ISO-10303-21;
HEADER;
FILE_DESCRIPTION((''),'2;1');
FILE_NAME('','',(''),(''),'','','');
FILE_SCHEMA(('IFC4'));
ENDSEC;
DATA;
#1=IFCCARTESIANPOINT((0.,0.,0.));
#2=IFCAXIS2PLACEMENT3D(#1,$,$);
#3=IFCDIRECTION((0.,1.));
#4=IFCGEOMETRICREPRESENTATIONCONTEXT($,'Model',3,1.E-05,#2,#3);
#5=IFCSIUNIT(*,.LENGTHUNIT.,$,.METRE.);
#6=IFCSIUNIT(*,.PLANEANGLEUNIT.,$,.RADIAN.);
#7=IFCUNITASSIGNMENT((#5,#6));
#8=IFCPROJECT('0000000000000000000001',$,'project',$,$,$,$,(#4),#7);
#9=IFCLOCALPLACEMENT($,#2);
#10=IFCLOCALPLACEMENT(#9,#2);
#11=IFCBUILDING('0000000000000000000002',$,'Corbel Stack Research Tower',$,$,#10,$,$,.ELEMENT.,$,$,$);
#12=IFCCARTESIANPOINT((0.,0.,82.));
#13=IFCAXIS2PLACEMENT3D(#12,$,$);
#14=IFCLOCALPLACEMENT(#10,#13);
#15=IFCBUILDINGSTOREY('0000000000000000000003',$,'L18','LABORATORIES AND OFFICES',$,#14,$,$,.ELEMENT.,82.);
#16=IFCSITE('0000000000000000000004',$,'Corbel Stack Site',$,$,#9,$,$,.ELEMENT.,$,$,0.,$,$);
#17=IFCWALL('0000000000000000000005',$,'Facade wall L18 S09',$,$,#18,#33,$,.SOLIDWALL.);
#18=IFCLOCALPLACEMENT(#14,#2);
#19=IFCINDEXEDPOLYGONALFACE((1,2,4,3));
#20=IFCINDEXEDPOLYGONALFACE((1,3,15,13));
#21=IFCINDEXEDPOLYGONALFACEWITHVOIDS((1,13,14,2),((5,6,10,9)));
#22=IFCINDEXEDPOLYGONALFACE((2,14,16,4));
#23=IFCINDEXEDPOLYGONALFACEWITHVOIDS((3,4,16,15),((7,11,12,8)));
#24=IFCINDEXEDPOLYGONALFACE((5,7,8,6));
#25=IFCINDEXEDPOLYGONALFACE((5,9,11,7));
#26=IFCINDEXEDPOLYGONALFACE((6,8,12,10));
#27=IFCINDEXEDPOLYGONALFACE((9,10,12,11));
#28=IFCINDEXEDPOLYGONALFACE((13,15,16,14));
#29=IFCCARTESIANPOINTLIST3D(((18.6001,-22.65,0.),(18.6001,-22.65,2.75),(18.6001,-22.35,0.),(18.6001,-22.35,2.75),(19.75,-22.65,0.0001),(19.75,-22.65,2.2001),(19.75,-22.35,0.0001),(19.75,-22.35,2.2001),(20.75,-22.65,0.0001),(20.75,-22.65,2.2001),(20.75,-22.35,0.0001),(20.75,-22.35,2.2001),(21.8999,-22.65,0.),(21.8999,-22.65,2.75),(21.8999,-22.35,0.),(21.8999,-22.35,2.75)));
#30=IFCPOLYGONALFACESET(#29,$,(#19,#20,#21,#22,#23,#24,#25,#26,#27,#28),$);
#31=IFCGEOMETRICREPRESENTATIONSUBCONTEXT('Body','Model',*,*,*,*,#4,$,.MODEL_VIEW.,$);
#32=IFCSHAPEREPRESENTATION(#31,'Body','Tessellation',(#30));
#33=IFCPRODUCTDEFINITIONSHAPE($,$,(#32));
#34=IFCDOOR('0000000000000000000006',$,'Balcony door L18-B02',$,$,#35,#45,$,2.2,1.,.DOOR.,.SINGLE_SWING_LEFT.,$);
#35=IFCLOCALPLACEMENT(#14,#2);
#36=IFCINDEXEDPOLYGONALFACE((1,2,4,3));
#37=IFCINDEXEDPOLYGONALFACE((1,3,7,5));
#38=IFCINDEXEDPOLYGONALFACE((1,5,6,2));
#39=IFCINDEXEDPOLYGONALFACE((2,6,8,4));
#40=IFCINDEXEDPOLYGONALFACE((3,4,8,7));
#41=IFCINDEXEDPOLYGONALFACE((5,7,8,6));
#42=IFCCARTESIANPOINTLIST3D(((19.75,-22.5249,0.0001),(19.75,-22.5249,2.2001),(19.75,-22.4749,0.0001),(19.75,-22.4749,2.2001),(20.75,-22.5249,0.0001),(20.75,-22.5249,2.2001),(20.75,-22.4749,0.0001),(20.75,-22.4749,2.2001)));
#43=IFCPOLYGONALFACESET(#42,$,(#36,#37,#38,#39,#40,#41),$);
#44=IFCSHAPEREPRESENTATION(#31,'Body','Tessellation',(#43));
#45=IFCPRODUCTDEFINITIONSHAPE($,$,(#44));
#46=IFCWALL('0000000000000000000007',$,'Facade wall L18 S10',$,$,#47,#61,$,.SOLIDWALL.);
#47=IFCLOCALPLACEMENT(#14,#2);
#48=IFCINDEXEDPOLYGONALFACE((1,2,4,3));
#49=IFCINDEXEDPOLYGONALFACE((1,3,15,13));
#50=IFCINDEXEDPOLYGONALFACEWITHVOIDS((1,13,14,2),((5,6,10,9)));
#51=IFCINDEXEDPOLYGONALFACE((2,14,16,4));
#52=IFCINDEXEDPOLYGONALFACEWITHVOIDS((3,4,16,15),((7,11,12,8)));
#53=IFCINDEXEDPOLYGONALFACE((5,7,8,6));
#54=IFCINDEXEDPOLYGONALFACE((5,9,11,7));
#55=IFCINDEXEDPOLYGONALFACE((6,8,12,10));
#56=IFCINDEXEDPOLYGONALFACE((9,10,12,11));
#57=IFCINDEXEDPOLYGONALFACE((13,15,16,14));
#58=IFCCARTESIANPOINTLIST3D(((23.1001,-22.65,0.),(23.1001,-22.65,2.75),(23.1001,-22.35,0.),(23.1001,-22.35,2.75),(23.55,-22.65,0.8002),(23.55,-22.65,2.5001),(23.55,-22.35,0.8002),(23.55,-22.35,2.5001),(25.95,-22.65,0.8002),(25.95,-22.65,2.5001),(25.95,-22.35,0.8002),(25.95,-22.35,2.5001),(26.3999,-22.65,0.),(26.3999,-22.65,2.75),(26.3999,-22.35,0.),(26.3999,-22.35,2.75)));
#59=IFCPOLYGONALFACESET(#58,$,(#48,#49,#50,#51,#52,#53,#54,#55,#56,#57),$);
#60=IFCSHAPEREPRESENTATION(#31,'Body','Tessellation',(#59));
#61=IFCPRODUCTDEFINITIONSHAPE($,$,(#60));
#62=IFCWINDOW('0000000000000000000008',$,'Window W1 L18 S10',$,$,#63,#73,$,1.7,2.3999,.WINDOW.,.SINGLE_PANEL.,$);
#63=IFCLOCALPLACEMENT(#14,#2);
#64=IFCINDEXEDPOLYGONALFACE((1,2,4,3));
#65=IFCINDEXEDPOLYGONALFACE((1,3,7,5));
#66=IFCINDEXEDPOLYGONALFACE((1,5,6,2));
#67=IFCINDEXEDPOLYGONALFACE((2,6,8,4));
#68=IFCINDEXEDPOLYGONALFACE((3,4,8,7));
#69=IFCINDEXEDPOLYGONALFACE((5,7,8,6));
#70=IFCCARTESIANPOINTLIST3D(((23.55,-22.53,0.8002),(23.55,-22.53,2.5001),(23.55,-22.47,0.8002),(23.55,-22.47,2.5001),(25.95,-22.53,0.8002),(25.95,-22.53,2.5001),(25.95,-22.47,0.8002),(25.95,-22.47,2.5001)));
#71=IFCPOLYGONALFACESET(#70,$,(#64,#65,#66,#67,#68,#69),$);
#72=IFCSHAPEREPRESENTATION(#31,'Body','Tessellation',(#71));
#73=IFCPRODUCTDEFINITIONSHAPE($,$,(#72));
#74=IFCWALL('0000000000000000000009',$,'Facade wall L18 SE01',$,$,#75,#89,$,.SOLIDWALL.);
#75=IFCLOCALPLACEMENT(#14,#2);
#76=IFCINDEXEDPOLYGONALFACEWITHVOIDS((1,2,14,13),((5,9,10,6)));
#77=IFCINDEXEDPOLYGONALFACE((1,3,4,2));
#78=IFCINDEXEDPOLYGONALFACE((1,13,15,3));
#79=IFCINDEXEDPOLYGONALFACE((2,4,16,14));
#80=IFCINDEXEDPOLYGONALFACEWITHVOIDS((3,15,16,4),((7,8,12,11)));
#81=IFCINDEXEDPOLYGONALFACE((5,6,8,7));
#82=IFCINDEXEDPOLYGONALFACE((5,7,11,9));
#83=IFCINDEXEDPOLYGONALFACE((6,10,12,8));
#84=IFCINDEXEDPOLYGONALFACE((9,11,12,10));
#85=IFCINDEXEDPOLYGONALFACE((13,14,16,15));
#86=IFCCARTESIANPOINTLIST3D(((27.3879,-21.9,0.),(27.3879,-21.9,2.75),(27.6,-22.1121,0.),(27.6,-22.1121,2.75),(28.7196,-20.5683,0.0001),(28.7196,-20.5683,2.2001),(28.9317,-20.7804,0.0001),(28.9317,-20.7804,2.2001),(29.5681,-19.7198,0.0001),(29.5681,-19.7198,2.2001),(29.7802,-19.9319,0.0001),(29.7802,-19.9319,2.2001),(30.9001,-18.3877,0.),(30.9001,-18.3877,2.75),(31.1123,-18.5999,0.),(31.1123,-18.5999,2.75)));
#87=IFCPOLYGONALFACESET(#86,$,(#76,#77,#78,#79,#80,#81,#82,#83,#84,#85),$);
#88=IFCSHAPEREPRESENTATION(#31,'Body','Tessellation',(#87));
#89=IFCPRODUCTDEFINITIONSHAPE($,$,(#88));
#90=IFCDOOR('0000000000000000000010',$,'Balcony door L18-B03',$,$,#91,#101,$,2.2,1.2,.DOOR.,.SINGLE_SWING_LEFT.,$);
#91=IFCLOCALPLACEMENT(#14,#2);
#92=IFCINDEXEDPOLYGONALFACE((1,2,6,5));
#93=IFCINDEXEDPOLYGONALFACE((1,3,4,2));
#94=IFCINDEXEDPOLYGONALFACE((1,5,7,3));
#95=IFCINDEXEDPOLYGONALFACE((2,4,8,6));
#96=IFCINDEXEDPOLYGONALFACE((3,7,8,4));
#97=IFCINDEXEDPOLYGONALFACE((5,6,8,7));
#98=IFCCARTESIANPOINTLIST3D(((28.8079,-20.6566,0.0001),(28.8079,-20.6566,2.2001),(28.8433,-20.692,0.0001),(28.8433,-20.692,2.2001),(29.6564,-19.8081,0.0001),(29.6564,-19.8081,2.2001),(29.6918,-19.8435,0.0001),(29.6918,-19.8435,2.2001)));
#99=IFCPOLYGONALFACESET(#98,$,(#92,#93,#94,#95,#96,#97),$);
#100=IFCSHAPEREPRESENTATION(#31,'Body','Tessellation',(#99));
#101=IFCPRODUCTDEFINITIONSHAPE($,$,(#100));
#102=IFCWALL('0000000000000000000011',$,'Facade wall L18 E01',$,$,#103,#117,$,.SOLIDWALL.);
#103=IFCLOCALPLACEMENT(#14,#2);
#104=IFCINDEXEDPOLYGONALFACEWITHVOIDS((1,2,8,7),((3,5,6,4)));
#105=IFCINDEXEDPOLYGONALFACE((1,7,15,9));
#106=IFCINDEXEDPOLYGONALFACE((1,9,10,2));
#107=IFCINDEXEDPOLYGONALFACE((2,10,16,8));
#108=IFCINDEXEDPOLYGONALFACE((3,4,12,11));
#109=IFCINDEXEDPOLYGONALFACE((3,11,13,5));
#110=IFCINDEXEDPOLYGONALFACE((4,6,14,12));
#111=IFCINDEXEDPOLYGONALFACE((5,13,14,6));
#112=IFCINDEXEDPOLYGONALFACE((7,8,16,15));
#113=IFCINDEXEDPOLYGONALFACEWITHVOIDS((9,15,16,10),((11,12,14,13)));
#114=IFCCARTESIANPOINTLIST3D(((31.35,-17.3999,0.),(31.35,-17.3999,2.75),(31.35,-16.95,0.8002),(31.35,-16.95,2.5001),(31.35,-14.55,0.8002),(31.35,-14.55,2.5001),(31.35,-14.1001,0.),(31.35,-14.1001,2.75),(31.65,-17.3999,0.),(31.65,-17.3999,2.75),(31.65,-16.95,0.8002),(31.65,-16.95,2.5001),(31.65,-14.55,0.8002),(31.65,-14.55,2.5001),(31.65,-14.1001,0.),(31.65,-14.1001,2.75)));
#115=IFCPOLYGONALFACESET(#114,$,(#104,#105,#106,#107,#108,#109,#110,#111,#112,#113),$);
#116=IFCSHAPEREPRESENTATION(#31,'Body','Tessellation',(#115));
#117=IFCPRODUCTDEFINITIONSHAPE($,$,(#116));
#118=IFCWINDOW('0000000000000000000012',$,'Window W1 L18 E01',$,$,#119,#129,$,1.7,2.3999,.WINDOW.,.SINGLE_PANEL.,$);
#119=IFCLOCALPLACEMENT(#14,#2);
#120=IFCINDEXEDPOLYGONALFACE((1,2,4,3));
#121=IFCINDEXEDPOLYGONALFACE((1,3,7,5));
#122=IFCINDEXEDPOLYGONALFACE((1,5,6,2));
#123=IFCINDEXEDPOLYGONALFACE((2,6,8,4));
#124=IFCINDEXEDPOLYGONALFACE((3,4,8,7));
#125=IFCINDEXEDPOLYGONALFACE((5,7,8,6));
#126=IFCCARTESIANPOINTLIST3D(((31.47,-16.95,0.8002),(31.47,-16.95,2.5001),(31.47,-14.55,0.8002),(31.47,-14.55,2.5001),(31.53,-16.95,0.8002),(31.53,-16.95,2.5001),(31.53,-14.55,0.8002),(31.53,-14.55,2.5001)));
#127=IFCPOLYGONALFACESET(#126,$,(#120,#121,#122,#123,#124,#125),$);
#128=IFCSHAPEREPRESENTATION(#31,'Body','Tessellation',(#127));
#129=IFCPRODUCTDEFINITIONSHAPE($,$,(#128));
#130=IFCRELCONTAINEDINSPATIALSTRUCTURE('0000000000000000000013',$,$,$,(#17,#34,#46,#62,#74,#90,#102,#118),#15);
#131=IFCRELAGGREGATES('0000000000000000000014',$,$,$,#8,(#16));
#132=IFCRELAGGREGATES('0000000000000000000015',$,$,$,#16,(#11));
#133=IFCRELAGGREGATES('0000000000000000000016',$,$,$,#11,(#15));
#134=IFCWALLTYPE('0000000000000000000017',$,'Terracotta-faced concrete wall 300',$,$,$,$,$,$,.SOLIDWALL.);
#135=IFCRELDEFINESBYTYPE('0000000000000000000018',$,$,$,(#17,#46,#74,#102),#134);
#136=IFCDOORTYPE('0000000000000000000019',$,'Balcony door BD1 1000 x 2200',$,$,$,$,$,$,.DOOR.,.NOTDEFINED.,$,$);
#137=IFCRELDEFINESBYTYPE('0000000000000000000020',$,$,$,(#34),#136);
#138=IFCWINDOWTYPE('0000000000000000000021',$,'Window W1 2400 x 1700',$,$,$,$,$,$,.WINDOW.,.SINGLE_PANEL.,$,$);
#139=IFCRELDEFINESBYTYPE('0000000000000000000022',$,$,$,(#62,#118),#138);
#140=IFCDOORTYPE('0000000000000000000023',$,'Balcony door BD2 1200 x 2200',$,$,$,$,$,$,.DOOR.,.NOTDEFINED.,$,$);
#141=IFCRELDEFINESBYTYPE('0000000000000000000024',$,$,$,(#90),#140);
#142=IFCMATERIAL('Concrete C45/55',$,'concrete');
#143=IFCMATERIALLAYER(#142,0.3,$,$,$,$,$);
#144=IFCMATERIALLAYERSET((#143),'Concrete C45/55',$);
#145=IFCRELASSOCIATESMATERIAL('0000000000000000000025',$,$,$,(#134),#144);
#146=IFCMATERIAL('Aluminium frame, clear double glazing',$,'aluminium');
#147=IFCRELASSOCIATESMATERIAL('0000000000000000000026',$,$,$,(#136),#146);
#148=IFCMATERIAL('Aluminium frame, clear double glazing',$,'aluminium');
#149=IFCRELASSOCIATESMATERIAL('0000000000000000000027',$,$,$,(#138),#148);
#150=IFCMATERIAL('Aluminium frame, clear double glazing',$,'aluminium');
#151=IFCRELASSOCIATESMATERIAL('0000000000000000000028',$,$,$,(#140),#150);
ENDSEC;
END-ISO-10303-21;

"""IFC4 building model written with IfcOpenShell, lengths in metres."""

from ifc_helpers import new_model, si_unit, direction, frame, frame_2d, origin, place, context, subcontext, project, spatial, rectangle, extrude, material, layer, layer_set, type_object, element, fill, save


model = new_model("IFC4")

# Units and contexts
model_context = context("Model", 3, precision=1e-05, world=origin(), true_north=direction((0.0, 1.0)))
body_context = subcontext(model_context, "Body", "Model", "MODEL_VIEW")
ifc_project = project(units=[si_unit("LENGTHUNIT", "METRE"), si_unit("PLANEANGLEUNIT", "RADIAN")], contexts=[model_context])

# Site, building, storey
site_placement = place(None, origin())
site = spatial("IfcSite", under=ifc_project, at=site_placement, Name="Corbel Stack Site", CompositionType="ELEMENT", RefElevation=0.0)
building_placement = place(site_placement, origin())
building = spatial("IfcBuilding", under=site, at=building_placement, Name="Corbel Stack Research Tower", CompositionType="ELEMENT")
storey_placement = place(building_placement, frame((0.0, 0.0, 82.0)))
storey = spatial("IfcBuildingStorey", under=building, at=storey_placement, Name="L18", Description="LABORATORIES AND OFFICES", CompositionType="ELEMENT", Elevation=82.0)

# Wall, opening, door
ifc_material_1 = material(Name="Concrete C45/55", Category="concrete")
ifc_layer_1 = layer(ifc_material_1, 0.3)
ifc_layer_set_1 = layer_set([ifc_layer_1], Name="Concrete C45/55")
wall_type = type_object("IfcWallType", Name="Terracotta-faced concrete wall 300", PredefinedType="SOLIDWALL", material=ifc_layer_set_1)
wall_1_placement = place(storey_placement, frame((21.8999, -22.5, 0.0), z_axis=(0.0, 0.0, 1.0), x_axis=(-1.0, 0.0, 0.0)))
wall_1 = element("IfcWall", 1, at=wall_1_placement, inside=storey, type_object=wall_type, Name="Facade wall L18 S09", PredefinedType="SOLIDWALL", context=body_context, shape_type="SweptSolid", body=[
    extrude(rectangle(XDim=3.2998, YDim=0.3, at=frame_2d((1.6499, 0.0))), origin(), (0.0, 0.0, 1.0), 2.75),
])
opening_1_placement = place(wall_1_placement, frame((1.1499, 0.0, 0.0)))
opening_1 = element("IfcOpeningElement", 2, at=opening_1_placement, cuts=wall_1, PredefinedType="OPENING", context=body_context, shape_type="SweptSolid", body=[
    extrude(rectangle(XDim=1.0, YDim=2.2, at=frame_2d((0.5, 1.1001))), frame((0.0, 0.1599, 0.0), z_axis=(0.0, -1.0, 0.0), x_axis=(1.0, 0.0, 0.0)), (0.0, 0.0, 1.0), 0.3201),
])
ifc_material_2 = material(Name="Aluminium frame, clear double glazing", Category="aluminium")
door_type_1 = type_object("IfcDoorType", Name="Balcony door BD1 1000 x 2200", OperationType="NOTDEFINED", PredefinedType="DOOR", material=ifc_material_2)
door_1_placement = place(opening_1_placement, origin())
door_1 = element("IfcDoor", 3, at=door_1_placement, inside=storey, type_object=door_type_1, Name="Balcony door L18-B02", OperationType="SINGLE_SWING_LEFT", OverallHeight=2.2, OverallWidth=1.0, PredefinedType="DOOR", context=body_context, shape_type="SweptSolid", body=[
    extrude(rectangle(XDim=1.0, YDim=2.2, at=frame_2d((0.5, 1.1001))), frame((0.0, 0.0249, 0.0), z_axis=(0.0, -1.0, 0.0), x_axis=(1.0, 0.0, 0.0)), (0.0, 0.0, 1.0), 0.05),
])
fill(opening_1, door_1)

# Wall, opening, window
wall_2_placement = place(storey_placement, frame((26.3999, -22.5, 0.0), z_axis=(0.0, 0.0, 1.0), x_axis=(-1.0, 0.0, 0.0)))
wall_2 = element("IfcWall", 4, at=wall_2_placement, inside=storey, type_object=wall_type, Name="Facade wall L18 S10", PredefinedType="SOLIDWALL", context=body_context, shape_type="SweptSolid", body=[
    extrude(rectangle(XDim=3.2998, YDim=0.3, at=frame_2d((1.6499, 0.0))), origin(), (0.0, 0.0, 1.0), 2.75),
])
opening_2_placement = place(wall_2_placement, frame((0.45, 0.0, 0.8)))
opening_2 = element("IfcOpeningElement", 5, at=opening_2_placement, cuts=wall_2, PredefinedType="OPENING", context=body_context, shape_type="SweptSolid", body=[
    extrude(rectangle(XDim=2.3999, YDim=1.7, at=frame_2d((1.2, 0.8501))), frame((0.0, 0.1599, 0.0), z_axis=(0.0, -1.0, 0.0), x_axis=(1.0, 0.0, 0.0)), (0.0, 0.0, 1.0), 0.3201),
])
ifc_material_3 = material(Name="Aluminium frame, clear double glazing", Category="aluminium")
window_type = type_object("IfcWindowType", Name="Window W1 2400 x 1700", PartitioningType="SINGLE_PANEL", PredefinedType="WINDOW", material=ifc_material_3)
window_1_placement = place(opening_2_placement, origin())
window_1 = element("IfcWindow", 6, at=window_1_placement, inside=storey, type_object=window_type, Name="Window W1 L18 S10", OverallHeight=1.7, OverallWidth=2.3999, PartitioningType="SINGLE_PANEL", PredefinedType="WINDOW", context=body_context, shape_type="SweptSolid", body=[
    extrude(rectangle(XDim=2.3999, YDim=1.7, at=frame_2d((1.2, 0.8501))), frame((0.0, 0.03, 0.0), z_axis=(0.0, -1.0, 0.0), x_axis=(1.0, 0.0, 0.0)), (0.0, 0.0, 1.0), 0.0601),
])
fill(opening_2, window_1)

# Wall, opening, door
wall_3_placement = place(storey_placement, frame((31.0061, -18.4939, 0.0), z_axis=(0.0, 0.0, 1.0), x_axis=(-0.707107, -0.707107, 0.0)))
wall_3 = element("IfcWall", 7, at=wall_3_placement, inside=storey, type_object=wall_type, Name="Facade wall L18 SE01", PredefinedType="SOLIDWALL", context=body_context, shape_type="SweptSolid", body=[
    extrude(rectangle(XDim=4.967, YDim=0.3, at=frame_2d((2.4834, 0.0))), origin(), (0.0, 0.0, 1.0), 2.75),
])
opening_3_placement = place(wall_3_placement, frame((1.8835, 0.0, 0.0)))
opening_3 = element("IfcOpeningElement", 8, at=opening_3_placement, cuts=wall_3, PredefinedType="OPENING", context=body_context, shape_type="SweptSolid", body=[
    extrude(rectangle(XDim=1.2, YDim=2.2, at=frame_2d((0.6001, 1.1001))), frame((0.0, 0.1599, 0.0), z_axis=(0.0, -1.0, 0.0), x_axis=(1.0, 0.0, 0.0)), (0.0, 0.0, 1.0), 0.3201),
])
ifc_material_4 = material(Name="Aluminium frame, clear double glazing", Category="aluminium")
door_type_2 = type_object("IfcDoorType", Name="Balcony door BD2 1200 x 2200", OperationType="NOTDEFINED", PredefinedType="DOOR", material=ifc_material_4)
door_2_placement = place(opening_3_placement, origin())
door_2 = element("IfcDoor", 9, at=door_2_placement, inside=storey, type_object=door_type_2, Name="Balcony door L18-B03", OperationType="SINGLE_SWING_LEFT", OverallHeight=2.2, OverallWidth=1.2, PredefinedType="DOOR", context=body_context, shape_type="SweptSolid", body=[
    extrude(rectangle(XDim=1.2, YDim=2.2, at=frame_2d((0.6001, 1.1001))), frame((0.0, 0.0249, 0.0), z_axis=(0.0, -1.0, 0.0), x_axis=(1.0, 0.0, 0.0)), (0.0, 0.0, 1.0), 0.05),
])
fill(opening_3, door_2)

# Wall, opening, window
wall_4_placement = place(storey_placement, frame((31.5, -14.1001, 0.0), z_axis=(0.0, 0.0, 1.0), x_axis=(0.0, -1.0, 0.0)))
wall_4 = element("IfcWall", 10, at=wall_4_placement, inside=storey, type_object=wall_type, Name="Facade wall L18 E01", PredefinedType="SOLIDWALL", context=body_context, shape_type="SweptSolid", body=[
    extrude(rectangle(XDim=3.2998, YDim=0.3, at=frame_2d((1.6499, 0.0))), origin(), (0.0, 0.0, 1.0), 2.75),
])
opening_4_placement = place(wall_4_placement, frame((0.45, 0.0, 0.8)))
opening_4 = element("IfcOpeningElement", 11, at=opening_4_placement, cuts=wall_4, PredefinedType="OPENING", context=body_context, shape_type="SweptSolid", body=[
    extrude(rectangle(XDim=2.3999, YDim=1.7, at=frame_2d((1.2, 0.8501))), frame((0.0, 0.1599, 0.0), z_axis=(0.0, -1.0, 0.0), x_axis=(1.0, 0.0, 0.0)), (0.0, 0.0, 1.0), 0.3201),
])
window_2_placement = place(opening_4_placement, origin())
window_2 = element("IfcWindow", 12, at=window_2_placement, inside=storey, type_object=window_type, Name="Window W1 L18 E01", OverallHeight=1.7, OverallWidth=2.3999, PartitioningType="SINGLE_PANEL", PredefinedType="WINDOW", context=body_context, shape_type="SweptSolid", body=[
    extrude(rectangle(XDim=2.3999, YDim=1.7, at=frame_2d((1.2, 0.8501))), frame((0.0, 0.03, 0.0), z_axis=(0.0, -1.0, 0.0), x_axis=(1.0, 0.0, 0.0)), (0.0, 0.0, 1.0), 0.0601),
])
fill(opening_4, window_2)

save(model, "model.ifc")
